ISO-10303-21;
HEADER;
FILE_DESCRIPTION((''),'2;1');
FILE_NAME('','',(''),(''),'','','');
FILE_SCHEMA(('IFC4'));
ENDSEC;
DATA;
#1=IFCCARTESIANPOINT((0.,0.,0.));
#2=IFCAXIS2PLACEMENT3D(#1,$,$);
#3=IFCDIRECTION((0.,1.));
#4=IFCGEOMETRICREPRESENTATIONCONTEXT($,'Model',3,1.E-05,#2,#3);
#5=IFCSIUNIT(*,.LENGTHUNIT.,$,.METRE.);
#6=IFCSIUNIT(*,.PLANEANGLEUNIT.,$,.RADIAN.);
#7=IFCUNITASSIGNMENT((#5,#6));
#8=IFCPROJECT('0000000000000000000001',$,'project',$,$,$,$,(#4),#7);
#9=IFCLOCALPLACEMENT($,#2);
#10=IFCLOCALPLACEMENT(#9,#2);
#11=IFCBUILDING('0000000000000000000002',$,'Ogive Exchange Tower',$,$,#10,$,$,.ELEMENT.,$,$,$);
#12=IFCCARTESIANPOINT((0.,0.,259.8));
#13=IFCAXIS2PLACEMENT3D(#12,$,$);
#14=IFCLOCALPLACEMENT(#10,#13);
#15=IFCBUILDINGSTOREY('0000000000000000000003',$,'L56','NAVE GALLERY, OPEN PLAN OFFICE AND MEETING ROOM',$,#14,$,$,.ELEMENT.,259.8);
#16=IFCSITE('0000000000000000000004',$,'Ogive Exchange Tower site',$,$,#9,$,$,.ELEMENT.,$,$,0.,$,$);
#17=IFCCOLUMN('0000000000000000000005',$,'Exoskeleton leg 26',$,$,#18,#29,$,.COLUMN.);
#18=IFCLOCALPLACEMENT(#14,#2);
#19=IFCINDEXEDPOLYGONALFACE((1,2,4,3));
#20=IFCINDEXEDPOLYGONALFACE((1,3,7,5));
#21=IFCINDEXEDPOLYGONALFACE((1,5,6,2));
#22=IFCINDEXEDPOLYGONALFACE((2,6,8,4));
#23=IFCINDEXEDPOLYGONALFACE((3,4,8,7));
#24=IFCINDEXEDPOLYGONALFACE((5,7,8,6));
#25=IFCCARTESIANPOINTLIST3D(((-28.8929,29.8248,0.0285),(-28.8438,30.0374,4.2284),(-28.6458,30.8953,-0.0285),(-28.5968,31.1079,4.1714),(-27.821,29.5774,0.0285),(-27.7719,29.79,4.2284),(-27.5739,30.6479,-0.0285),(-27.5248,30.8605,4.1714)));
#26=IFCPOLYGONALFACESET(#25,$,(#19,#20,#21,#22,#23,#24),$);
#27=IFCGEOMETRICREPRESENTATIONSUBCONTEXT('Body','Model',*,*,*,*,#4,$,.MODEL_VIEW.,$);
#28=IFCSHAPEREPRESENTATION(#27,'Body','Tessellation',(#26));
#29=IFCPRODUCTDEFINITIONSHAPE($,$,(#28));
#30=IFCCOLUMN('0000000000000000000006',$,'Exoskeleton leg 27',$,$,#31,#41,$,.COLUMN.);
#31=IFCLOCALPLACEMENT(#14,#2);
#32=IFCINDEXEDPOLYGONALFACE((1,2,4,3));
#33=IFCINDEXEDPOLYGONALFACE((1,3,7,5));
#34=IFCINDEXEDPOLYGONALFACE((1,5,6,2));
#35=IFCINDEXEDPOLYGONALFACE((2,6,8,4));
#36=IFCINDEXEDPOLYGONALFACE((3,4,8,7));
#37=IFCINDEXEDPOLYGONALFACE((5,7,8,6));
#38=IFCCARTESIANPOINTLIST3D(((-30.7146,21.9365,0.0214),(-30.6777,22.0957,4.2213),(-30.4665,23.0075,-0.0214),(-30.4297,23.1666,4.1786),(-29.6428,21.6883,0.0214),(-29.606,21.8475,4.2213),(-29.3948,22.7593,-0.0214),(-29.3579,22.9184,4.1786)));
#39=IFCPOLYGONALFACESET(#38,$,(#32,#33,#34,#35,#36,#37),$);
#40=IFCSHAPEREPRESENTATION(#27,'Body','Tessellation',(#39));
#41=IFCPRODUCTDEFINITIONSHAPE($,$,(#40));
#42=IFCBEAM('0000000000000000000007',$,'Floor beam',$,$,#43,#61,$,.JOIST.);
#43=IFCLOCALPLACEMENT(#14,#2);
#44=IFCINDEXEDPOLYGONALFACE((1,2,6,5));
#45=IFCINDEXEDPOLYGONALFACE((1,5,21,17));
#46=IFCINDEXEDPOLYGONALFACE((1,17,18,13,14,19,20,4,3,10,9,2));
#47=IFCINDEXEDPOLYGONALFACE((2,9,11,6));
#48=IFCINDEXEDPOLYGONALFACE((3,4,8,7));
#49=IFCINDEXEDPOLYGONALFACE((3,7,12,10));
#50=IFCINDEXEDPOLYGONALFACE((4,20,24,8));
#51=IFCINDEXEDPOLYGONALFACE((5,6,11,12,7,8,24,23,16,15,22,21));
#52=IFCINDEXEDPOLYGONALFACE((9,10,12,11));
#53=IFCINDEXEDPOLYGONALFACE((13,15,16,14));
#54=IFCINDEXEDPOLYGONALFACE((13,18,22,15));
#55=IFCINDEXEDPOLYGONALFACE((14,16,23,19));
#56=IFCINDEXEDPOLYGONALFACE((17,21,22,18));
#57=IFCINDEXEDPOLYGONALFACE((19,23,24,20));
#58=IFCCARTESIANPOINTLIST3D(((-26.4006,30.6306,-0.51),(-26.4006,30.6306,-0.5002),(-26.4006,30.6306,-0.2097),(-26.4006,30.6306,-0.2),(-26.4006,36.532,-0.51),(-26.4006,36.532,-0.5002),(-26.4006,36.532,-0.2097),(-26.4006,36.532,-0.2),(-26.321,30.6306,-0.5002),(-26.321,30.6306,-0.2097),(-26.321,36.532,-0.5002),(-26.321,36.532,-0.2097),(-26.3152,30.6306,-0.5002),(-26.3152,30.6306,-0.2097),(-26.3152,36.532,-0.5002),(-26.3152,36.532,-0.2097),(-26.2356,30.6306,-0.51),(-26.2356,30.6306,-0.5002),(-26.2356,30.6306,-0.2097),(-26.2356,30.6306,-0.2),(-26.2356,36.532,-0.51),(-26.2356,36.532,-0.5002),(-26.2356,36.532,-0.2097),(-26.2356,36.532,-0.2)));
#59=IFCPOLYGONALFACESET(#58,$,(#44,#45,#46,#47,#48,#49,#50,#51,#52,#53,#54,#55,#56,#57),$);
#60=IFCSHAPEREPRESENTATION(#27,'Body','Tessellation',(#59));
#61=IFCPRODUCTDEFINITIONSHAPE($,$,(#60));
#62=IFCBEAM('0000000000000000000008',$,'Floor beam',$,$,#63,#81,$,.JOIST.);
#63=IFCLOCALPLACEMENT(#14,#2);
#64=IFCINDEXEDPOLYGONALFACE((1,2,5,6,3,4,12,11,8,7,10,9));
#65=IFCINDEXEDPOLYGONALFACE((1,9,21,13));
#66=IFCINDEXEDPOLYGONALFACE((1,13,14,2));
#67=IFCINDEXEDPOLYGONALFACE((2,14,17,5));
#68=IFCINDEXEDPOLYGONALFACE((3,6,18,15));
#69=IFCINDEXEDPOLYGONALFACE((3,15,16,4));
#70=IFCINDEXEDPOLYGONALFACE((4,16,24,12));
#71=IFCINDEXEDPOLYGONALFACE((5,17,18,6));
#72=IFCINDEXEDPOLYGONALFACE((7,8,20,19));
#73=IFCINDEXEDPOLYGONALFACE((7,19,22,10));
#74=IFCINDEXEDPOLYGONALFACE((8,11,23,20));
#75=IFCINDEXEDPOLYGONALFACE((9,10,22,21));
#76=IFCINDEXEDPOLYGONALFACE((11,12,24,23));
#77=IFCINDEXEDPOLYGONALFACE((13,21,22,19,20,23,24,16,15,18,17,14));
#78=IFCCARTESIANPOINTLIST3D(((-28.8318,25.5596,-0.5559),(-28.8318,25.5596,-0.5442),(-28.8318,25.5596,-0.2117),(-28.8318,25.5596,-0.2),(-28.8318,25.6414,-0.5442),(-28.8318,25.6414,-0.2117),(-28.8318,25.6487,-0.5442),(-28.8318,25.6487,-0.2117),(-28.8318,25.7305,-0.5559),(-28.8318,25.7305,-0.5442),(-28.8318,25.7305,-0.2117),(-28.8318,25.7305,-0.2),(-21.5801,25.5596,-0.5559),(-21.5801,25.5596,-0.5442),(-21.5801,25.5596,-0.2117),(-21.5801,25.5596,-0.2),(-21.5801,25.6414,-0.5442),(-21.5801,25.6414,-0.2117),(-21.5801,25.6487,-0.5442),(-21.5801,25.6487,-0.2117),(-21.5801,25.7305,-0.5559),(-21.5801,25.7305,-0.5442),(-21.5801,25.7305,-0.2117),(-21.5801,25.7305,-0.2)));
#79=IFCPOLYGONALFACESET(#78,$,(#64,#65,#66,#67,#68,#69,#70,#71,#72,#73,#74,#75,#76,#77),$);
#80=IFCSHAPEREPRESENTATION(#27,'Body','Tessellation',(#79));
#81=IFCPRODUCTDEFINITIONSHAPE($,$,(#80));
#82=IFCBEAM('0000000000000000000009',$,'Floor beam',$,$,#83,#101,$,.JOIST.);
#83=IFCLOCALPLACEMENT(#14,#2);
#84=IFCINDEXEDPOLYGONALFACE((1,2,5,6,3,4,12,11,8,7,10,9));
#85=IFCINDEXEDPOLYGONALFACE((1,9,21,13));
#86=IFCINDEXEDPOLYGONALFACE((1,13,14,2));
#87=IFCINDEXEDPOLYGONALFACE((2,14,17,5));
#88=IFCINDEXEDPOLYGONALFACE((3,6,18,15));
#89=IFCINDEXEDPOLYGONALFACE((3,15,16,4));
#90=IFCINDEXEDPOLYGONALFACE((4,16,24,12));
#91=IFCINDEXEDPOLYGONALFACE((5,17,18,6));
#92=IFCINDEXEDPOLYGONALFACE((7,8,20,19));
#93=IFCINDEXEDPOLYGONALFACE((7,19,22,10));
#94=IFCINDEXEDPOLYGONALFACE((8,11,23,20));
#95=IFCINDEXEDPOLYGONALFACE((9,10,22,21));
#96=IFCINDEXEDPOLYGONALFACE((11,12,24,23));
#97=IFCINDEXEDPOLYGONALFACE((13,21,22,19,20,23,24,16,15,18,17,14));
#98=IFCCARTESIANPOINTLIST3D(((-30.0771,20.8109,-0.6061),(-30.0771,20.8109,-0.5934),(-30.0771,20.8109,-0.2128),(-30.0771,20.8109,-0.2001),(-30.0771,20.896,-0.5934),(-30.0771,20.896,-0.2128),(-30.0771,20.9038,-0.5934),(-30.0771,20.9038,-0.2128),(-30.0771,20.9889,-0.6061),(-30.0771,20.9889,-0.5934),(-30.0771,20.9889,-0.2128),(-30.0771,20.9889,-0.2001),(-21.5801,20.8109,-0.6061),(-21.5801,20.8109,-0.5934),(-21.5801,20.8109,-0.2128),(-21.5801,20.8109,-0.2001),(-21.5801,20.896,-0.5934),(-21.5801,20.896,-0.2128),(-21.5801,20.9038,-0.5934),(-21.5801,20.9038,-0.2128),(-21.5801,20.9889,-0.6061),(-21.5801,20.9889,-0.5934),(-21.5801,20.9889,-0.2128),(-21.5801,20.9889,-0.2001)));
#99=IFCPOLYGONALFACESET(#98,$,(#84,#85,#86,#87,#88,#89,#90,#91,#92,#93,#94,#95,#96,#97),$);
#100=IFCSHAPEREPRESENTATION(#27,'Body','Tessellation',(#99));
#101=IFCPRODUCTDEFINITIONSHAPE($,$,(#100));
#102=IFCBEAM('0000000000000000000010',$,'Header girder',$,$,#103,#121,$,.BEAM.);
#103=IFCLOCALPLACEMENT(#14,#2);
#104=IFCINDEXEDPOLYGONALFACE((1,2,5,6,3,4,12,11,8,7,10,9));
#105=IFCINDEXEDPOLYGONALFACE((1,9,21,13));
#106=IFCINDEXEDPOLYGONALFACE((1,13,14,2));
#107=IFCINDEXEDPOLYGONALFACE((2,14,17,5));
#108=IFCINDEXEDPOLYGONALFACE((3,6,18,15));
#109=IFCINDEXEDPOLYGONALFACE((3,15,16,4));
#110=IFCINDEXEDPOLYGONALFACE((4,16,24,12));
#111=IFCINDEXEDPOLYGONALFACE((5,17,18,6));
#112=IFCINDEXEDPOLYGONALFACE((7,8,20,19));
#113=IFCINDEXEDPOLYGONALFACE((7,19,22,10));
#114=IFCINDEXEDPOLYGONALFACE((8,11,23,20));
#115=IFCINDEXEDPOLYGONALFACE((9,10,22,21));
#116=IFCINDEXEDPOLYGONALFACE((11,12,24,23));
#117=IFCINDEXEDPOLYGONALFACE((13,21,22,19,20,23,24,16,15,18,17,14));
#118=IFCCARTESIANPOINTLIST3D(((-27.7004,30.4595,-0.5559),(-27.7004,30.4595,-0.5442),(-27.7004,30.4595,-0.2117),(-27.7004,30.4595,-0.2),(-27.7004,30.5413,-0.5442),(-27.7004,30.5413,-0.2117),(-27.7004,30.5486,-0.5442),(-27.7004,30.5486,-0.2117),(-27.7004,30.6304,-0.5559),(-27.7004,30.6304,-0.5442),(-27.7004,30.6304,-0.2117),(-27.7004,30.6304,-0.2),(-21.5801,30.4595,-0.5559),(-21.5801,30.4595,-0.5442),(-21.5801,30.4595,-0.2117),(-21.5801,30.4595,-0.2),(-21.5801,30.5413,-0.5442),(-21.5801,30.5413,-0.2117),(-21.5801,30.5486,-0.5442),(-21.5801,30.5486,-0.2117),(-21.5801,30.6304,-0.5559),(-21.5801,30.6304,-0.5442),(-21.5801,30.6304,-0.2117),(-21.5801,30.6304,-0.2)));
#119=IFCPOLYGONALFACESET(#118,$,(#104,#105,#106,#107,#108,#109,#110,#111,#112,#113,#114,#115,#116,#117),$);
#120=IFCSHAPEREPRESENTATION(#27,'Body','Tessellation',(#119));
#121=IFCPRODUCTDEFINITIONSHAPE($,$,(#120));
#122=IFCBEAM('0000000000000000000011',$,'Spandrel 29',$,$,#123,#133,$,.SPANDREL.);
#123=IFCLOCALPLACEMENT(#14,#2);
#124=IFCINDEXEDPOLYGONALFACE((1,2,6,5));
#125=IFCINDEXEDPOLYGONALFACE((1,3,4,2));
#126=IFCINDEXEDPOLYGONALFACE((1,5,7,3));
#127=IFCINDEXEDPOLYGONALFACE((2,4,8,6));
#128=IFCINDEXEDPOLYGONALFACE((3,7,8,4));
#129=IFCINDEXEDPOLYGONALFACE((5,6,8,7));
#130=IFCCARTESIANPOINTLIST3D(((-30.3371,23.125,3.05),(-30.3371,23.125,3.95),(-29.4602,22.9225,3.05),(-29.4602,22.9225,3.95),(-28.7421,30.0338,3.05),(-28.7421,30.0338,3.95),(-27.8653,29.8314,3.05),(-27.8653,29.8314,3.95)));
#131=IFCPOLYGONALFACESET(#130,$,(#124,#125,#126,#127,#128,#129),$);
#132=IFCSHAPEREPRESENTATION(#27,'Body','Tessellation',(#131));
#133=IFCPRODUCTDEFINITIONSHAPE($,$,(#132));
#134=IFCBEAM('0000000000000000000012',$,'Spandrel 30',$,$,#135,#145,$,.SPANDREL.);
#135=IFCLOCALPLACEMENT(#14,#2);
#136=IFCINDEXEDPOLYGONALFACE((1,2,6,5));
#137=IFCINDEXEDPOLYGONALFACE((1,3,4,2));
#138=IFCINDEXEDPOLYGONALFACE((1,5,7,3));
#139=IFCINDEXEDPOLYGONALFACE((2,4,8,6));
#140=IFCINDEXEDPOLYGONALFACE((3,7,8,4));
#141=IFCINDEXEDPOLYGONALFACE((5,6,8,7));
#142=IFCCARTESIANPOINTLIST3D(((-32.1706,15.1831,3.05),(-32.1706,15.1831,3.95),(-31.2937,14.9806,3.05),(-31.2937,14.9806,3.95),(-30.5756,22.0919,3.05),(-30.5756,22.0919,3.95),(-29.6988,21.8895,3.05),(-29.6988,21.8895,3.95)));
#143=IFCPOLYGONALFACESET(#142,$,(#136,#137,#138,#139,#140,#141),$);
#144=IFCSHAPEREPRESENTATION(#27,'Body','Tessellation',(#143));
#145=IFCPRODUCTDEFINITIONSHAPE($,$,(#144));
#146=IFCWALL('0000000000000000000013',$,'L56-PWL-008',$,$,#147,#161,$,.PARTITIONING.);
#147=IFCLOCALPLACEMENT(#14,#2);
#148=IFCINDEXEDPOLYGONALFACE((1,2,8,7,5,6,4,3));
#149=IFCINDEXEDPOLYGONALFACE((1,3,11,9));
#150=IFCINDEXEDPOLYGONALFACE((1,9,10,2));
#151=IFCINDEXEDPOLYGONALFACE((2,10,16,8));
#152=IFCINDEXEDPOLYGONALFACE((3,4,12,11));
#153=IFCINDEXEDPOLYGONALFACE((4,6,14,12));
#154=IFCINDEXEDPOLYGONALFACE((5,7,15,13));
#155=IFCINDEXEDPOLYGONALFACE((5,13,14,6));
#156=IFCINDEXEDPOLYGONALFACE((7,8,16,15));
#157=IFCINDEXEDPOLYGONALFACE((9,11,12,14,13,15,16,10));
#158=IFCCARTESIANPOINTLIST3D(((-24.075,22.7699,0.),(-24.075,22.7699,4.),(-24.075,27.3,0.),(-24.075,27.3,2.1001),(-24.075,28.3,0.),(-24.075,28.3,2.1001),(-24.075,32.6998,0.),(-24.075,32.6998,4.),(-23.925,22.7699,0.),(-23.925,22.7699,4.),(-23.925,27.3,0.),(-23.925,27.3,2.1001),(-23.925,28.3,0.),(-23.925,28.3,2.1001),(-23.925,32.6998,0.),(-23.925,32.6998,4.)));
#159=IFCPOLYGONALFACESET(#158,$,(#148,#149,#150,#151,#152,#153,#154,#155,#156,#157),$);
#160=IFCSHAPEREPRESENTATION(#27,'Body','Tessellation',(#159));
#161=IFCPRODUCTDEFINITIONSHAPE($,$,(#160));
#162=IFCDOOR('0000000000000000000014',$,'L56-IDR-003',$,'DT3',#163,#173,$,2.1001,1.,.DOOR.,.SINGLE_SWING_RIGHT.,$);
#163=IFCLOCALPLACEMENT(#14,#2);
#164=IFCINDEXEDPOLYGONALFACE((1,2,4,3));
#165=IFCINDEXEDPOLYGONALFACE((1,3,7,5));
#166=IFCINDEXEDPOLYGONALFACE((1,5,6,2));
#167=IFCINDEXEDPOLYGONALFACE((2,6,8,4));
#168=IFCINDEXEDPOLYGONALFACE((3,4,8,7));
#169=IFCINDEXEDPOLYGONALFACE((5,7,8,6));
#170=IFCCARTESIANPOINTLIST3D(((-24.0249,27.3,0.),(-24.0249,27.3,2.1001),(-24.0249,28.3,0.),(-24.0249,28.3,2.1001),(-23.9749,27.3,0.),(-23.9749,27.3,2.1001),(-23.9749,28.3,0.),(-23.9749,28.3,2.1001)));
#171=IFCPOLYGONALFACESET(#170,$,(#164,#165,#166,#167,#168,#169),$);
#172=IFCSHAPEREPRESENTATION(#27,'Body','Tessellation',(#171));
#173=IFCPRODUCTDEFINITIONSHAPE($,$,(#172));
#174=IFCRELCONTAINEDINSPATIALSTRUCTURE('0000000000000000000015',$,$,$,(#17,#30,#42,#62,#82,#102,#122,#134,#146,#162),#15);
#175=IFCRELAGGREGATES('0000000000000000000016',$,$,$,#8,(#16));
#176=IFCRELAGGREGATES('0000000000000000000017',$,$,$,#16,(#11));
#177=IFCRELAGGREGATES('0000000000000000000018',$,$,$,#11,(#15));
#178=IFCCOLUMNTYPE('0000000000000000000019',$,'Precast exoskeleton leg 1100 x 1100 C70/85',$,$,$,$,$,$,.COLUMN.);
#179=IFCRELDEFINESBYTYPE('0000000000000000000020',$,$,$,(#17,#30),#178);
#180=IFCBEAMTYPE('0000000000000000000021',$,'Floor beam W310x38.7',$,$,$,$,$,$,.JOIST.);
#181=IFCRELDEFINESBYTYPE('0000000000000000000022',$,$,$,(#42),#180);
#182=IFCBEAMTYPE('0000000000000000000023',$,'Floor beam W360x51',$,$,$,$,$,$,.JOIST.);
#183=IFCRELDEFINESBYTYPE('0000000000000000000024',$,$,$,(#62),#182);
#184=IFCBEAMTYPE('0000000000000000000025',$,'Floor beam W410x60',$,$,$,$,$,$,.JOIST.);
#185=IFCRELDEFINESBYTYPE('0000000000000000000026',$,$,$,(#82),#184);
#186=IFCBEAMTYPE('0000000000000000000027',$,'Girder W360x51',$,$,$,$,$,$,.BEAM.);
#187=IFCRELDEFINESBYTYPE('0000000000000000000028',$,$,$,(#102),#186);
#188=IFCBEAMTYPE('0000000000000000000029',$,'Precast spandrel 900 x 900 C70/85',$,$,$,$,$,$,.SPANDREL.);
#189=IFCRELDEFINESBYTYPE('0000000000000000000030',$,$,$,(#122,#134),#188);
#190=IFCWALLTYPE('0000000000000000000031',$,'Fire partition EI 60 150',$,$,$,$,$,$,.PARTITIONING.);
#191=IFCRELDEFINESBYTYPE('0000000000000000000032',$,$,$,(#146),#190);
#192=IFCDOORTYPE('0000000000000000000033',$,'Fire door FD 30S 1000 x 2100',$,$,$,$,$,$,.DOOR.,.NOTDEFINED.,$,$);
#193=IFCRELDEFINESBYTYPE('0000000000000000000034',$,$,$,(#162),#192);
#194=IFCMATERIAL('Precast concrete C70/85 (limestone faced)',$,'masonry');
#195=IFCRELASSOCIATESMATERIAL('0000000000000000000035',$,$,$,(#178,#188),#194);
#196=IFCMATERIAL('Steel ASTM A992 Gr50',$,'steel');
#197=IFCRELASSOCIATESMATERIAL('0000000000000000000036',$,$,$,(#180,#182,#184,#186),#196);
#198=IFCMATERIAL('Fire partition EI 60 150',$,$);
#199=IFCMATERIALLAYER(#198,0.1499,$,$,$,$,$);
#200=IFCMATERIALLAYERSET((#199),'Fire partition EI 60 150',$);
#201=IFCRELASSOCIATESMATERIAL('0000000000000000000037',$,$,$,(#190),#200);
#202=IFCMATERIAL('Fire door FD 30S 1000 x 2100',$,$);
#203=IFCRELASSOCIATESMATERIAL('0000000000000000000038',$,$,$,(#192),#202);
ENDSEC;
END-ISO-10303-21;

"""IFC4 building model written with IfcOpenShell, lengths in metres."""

from ifc_helpers import new_model, si_unit, direction, frame, frame_2d, origin, origin_2d, place, context, subcontext, project, spatial, rectangle, i_section, extrude, material, layer, layer_set, material_profile, profile_set, type_object, element, fill, save


model = new_model("IFC4")

# Units and contexts
model_context = context("Model", 3, precision=1e-05, world=origin(), true_north=direction((0.0, 1.0)))
body_context = subcontext(model_context, "Body", "Model", "MODEL_VIEW")
ifc_project = project(units=[si_unit("LENGTHUNIT", "METRE"), si_unit("PLANEANGLEUNIT", "RADIAN")], contexts=[model_context])

# Site, building, storey
site_placement = place(None, origin())
site = spatial("IfcSite", under=ifc_project, at=site_placement, Name="Ogive Exchange Tower site", CompositionType="ELEMENT", RefElevation=0.0)
building_placement = place(site_placement, origin())
building = spatial("IfcBuilding", under=site, at=building_placement, Name="Ogive Exchange Tower", CompositionType="ELEMENT")
storey_placement = place(building_placement, frame((0.0, 0.0, 259.8)))
storey = spatial("IfcBuildingStorey", under=building, at=storey_placement, Name="L56", Description="NAVE GALLERY, OPEN PLAN OFFICE AND MEETING ROOM", CompositionType="ELEMENT", Elevation=259.8)

# Columns
ifc_material_1 = material(Name="Precast concrete C70/85 (limestone faced)", Category="masonry")
ifc_material_profile_1 = material_profile(ifc_material_1, rectangle(XDim=1.1001, YDim=1.1001, at=origin_2d()), Name="1100 x 1100")
ifc_profile_set_1 = profile_set([ifc_material_profile_1], Name="Precast concrete C70/85 (limestone faced)")
column_type = type_object("IfcColumnType", Name="Precast exoskeleton leg 1100 x 1100 C70/85", PredefinedType="COLUMN", material=ifc_profile_set_1)
column_1_placement = place(storey_placement, frame((-28.2334, 30.2363, 0.0), z_axis=(0.011668, 0.050562, 0.998653), x_axis=(-0.974391, 0.22486, 0.0)))
element("IfcColumn", 1, at=column_1_placement, inside=storey, type_object=column_type, Name="Exoskeleton leg 26", PredefinedType="COLUMN", context=body_context, shape_type="SweptSolid", body=[
    extrude(rectangle(XDim=1.1001, YDim=1.1001, at=origin_2d()), origin(), (0.0, 0.0, 1.0), 4.2056),
])
column_2_placement = place(storey_placement, frame((-30.0547, 22.3479, 0.0), z_axis=(0.008771, 0.037872, 0.999244), x_axis=(-0.974215, 0.225623, 0.0)))
element("IfcColumn", 2, at=column_2_placement, inside=storey, type_object=column_type, Name="Exoskeleton leg 27", PredefinedType="COLUMN", context=body_context, shape_type="SweptSolid", body=[
    extrude(rectangle(XDim=1.1001, YDim=1.1001, at=origin_2d()), origin(), (0.0, 0.0, 1.0), 4.2031),
])

# Beams
ifc_material_2 = material(Name="Steel ASTM A992 Gr50", Category="steel")
ifc_material_profile_2 = material_profile(ifc_material_2, i_section(OverallWidth=0.165, OverallDepth=0.3101, WebThickness=0.0059, FlangeThickness=0.0098, at=origin_2d()), Name="W310x38.7")
ifc_profile_set_2 = profile_set([ifc_material_profile_2], Name="Steel ASTM A992 Gr50")
beam_type_1 = type_object("IfcBeamType", Name="Floor beam W310x38.7", PredefinedType="JOIST", material=ifc_profile_set_2)
beam_1_placement = place(storey_placement, frame((-26.3181, 30.6306, -0.355), z_axis=(0.0, 1.0, 0.0), x_axis=(-1.0, 0.0, 0.0)))
element("IfcBeam", 3, at=beam_1_placement, inside=storey, type_object=beam_type_1, Name="Floor beam", PredefinedType="JOIST", context=body_context, shape_type="SweptSolid", body=[
    extrude(i_section(OverallWidth=0.165, OverallDepth=0.3101, WebThickness=0.0059, FlangeThickness=0.0098, at=origin_2d()), origin(), (0.0, 0.0, 1.0), 5.9014),
])
ifc_material_profile_3 = material_profile(ifc_material_2, i_section(OverallWidth=0.1709, OverallDepth=0.356, WebThickness=0.0073, FlangeThickness=0.0117, at=origin_2d()), Name="W360x51")
ifc_profile_set_3 = profile_set([ifc_material_profile_3], Name="Steel ASTM A992 Gr50")
beam_type_2 = type_object("IfcBeamType", Name="Floor beam W360x51", PredefinedType="JOIST", material=ifc_profile_set_3)
beam_2_placement = place(storey_placement, frame((-28.8318, 25.645, -0.3779), z_axis=(1.0, 0.0, 0.0), x_axis=(0.0, 1.0, 0.0)))
element("IfcBeam", 4, at=beam_2_placement, inside=storey, type_object=beam_type_2, Name="Floor beam", PredefinedType="JOIST", context=body_context, shape_type="SweptSolid", body=[
    extrude(i_section(OverallWidth=0.1709, OverallDepth=0.356, WebThickness=0.0073, FlangeThickness=0.0117, at=origin_2d()), origin(), (0.0, 0.0, 1.0), 7.2517),
])
ifc_material_profile_4 = material_profile(ifc_material_2, i_section(OverallWidth=0.178, OverallDepth=0.406, WebThickness=0.0078, FlangeThickness=0.0127, at=origin_2d()), Name="W410x60")
ifc_profile_set_4 = profile_set([ifc_material_profile_4], Name="Steel ASTM A992 Gr50")
beam_type_3 = type_object("IfcBeamType", Name="Floor beam W410x60", PredefinedType="JOIST", material=ifc_profile_set_4)
beam_3_placement = place(storey_placement, frame((-30.0771, 20.8999, -0.4031), z_axis=(1.0, 0.0, 0.0), x_axis=(0.0, 1.0, 0.0)))
element("IfcBeam", 5, at=beam_3_placement, inside=storey, type_object=beam_type_3, Name="Floor beam", PredefinedType="JOIST", context=body_context, shape_type="SweptSolid", body=[
    extrude(i_section(OverallWidth=0.178, OverallDepth=0.406, WebThickness=0.0078, FlangeThickness=0.0127, at=origin_2d()), origin(), (0.0, 0.0, 1.0), 8.4971),
])
ifc_material_profile_5 = material_profile(ifc_material_2, i_section(OverallWidth=0.1709, OverallDepth=0.356, WebThickness=0.0073, FlangeThickness=0.0117, at=origin_2d()), Name="W360x51")
ifc_profile_set_5 = profile_set([ifc_material_profile_5], Name="Steel ASTM A992 Gr50")
beam_type_4 = type_object("IfcBeamType", Name="Girder W360x51", PredefinedType="BEAM", material=ifc_profile_set_5)
beam_4_placement = place(storey_placement, frame((-27.7004, 30.5449, -0.3779), z_axis=(1.0, 0.0, 0.0), x_axis=(0.0, 1.0, 0.0)))
element("IfcBeam", 6, at=beam_4_placement, inside=storey, type_object=beam_type_4, Name="Header girder", PredefinedType="BEAM", context=body_context, shape_type="SweptSolid", body=[
    extrude(i_section(OverallWidth=0.1709, OverallDepth=0.356, WebThickness=0.0073, FlangeThickness=0.0117, at=origin_2d()), origin(), (0.0, 0.0, 1.0), 6.1204),
])
ifc_material_profile_6 = material_profile(ifc_material_1, rectangle(XDim=0.8999, YDim=0.8999, at=origin_2d()), Name="900 x 900")
ifc_profile_set_6 = profile_set([ifc_material_profile_6], Name="Precast concrete C70/85 (limestone faced)")
beam_type_5 = type_object("IfcBeamType", Name="Precast spandrel 900 x 900 C70/85", PredefinedType="SPANDREL", material=ifc_profile_set_6)
for number, where, z_axis, x_axis, name in (
    (7, (-28.3037, 29.9326, 3.5), (-0.22494, -0.974373, 0.0), (0.974373, -0.22494, 0.0), "Spandrel 29"),
    (8, (-30.1372, 21.9907, 3.5), (-0.22494, -0.974373, 0.0), (0.974373, -0.22494, 0.0), "Spandrel 30"),
):
    element("IfcBeam", number, at=place(storey_placement, frame(where, z_axis=z_axis, x_axis=x_axis)), inside=storey, type_object=beam_type_5, Name=name, PredefinedType="SPANDREL", context=body_context, shape_type="SweptSolid", body=[
        extrude(rectangle(XDim=0.8999, YDim=0.8999, at=origin_2d()), origin(), (0.0, 0.0, 1.0), 7.0906),
    ])

# Wall, opening, door
ifc_material_3 = material(Name="Fire partition EI 60 150")
ifc_layer_1 = layer(ifc_material_3, 0.1499)
ifc_layer_set_1 = layer_set([ifc_layer_1], Name="Fire partition EI 60 150")
wall_type_1 = type_object("IfcWallType", Name="Fire partition EI 60 150", PredefinedType="PARTITIONING", material=ifc_layer_set_1)
wall_1_placement = place(storey_placement, frame((-24.0, 22.77, 0.0), z_axis=(0.0, 0.0, 1.0), x_axis=(0.0, 1.0, 0.0)))
wall_1 = element("IfcWall", 9, at=wall_1_placement, inside=storey, type_object=wall_type_1, Name="L56-PWL-008", PredefinedType="PARTITIONING", context=body_context, shape_type="SweptSolid", body=[
    extrude(rectangle(XDim=9.9299, YDim=0.1499, at=frame_2d((4.9648, 0.0))), origin(), (0.0, 0.0, 1.0), 4.0),
])
opening_1_placement = place(wall_1_placement, frame((4.53, 0.0, 0.0)))
opening_1 = element("IfcOpeningElement", 10, at=opening_1_placement, cuts=wall_1, PredefinedType="OPENING", context=body_context, shape_type="SweptSolid", body=[
    extrude(rectangle(XDim=1.0, YDim=2.1001, at=frame_2d((0.5, 1.05))), frame((0.0, 0.085, 0.0), z_axis=(0.0, -1.0, 0.0), x_axis=(1.0, 0.0, 0.0)), (0.0, 0.0, 1.0), 0.1699),
])
ifc_material_4 = material(Name="Fire door FD 30S 1000 x 2100")
door_type_1 = type_object("IfcDoorType", Name="Fire door FD 30S 1000 x 2100", OperationType="NOTDEFINED", PredefinedType="DOOR", material=ifc_material_4)
door_1_placement = place(opening_1_placement, origin())
door_1 = element("IfcDoor", 11, at=door_1_placement, inside=storey, type_object=door_type_1, Name="L56-IDR-003", ObjectType="DT3", OperationType="SINGLE_SWING_RIGHT", OverallHeight=2.1001, OverallWidth=1.0, PredefinedType="DOOR", context=body_context, shape_type="SweptSolid", body=[
    extrude(rectangle(XDim=1.0, YDim=2.1001, at=frame_2d((0.5, 1.05))), frame((0.0, 0.0249, 0.0), z_axis=(0.0, -1.0, 0.0), x_axis=(1.0, 0.0, 0.0)), (0.0, 0.0, 1.0), 0.05),
])
fill(opening_1, door_1)

save(model, "model.ifc")
